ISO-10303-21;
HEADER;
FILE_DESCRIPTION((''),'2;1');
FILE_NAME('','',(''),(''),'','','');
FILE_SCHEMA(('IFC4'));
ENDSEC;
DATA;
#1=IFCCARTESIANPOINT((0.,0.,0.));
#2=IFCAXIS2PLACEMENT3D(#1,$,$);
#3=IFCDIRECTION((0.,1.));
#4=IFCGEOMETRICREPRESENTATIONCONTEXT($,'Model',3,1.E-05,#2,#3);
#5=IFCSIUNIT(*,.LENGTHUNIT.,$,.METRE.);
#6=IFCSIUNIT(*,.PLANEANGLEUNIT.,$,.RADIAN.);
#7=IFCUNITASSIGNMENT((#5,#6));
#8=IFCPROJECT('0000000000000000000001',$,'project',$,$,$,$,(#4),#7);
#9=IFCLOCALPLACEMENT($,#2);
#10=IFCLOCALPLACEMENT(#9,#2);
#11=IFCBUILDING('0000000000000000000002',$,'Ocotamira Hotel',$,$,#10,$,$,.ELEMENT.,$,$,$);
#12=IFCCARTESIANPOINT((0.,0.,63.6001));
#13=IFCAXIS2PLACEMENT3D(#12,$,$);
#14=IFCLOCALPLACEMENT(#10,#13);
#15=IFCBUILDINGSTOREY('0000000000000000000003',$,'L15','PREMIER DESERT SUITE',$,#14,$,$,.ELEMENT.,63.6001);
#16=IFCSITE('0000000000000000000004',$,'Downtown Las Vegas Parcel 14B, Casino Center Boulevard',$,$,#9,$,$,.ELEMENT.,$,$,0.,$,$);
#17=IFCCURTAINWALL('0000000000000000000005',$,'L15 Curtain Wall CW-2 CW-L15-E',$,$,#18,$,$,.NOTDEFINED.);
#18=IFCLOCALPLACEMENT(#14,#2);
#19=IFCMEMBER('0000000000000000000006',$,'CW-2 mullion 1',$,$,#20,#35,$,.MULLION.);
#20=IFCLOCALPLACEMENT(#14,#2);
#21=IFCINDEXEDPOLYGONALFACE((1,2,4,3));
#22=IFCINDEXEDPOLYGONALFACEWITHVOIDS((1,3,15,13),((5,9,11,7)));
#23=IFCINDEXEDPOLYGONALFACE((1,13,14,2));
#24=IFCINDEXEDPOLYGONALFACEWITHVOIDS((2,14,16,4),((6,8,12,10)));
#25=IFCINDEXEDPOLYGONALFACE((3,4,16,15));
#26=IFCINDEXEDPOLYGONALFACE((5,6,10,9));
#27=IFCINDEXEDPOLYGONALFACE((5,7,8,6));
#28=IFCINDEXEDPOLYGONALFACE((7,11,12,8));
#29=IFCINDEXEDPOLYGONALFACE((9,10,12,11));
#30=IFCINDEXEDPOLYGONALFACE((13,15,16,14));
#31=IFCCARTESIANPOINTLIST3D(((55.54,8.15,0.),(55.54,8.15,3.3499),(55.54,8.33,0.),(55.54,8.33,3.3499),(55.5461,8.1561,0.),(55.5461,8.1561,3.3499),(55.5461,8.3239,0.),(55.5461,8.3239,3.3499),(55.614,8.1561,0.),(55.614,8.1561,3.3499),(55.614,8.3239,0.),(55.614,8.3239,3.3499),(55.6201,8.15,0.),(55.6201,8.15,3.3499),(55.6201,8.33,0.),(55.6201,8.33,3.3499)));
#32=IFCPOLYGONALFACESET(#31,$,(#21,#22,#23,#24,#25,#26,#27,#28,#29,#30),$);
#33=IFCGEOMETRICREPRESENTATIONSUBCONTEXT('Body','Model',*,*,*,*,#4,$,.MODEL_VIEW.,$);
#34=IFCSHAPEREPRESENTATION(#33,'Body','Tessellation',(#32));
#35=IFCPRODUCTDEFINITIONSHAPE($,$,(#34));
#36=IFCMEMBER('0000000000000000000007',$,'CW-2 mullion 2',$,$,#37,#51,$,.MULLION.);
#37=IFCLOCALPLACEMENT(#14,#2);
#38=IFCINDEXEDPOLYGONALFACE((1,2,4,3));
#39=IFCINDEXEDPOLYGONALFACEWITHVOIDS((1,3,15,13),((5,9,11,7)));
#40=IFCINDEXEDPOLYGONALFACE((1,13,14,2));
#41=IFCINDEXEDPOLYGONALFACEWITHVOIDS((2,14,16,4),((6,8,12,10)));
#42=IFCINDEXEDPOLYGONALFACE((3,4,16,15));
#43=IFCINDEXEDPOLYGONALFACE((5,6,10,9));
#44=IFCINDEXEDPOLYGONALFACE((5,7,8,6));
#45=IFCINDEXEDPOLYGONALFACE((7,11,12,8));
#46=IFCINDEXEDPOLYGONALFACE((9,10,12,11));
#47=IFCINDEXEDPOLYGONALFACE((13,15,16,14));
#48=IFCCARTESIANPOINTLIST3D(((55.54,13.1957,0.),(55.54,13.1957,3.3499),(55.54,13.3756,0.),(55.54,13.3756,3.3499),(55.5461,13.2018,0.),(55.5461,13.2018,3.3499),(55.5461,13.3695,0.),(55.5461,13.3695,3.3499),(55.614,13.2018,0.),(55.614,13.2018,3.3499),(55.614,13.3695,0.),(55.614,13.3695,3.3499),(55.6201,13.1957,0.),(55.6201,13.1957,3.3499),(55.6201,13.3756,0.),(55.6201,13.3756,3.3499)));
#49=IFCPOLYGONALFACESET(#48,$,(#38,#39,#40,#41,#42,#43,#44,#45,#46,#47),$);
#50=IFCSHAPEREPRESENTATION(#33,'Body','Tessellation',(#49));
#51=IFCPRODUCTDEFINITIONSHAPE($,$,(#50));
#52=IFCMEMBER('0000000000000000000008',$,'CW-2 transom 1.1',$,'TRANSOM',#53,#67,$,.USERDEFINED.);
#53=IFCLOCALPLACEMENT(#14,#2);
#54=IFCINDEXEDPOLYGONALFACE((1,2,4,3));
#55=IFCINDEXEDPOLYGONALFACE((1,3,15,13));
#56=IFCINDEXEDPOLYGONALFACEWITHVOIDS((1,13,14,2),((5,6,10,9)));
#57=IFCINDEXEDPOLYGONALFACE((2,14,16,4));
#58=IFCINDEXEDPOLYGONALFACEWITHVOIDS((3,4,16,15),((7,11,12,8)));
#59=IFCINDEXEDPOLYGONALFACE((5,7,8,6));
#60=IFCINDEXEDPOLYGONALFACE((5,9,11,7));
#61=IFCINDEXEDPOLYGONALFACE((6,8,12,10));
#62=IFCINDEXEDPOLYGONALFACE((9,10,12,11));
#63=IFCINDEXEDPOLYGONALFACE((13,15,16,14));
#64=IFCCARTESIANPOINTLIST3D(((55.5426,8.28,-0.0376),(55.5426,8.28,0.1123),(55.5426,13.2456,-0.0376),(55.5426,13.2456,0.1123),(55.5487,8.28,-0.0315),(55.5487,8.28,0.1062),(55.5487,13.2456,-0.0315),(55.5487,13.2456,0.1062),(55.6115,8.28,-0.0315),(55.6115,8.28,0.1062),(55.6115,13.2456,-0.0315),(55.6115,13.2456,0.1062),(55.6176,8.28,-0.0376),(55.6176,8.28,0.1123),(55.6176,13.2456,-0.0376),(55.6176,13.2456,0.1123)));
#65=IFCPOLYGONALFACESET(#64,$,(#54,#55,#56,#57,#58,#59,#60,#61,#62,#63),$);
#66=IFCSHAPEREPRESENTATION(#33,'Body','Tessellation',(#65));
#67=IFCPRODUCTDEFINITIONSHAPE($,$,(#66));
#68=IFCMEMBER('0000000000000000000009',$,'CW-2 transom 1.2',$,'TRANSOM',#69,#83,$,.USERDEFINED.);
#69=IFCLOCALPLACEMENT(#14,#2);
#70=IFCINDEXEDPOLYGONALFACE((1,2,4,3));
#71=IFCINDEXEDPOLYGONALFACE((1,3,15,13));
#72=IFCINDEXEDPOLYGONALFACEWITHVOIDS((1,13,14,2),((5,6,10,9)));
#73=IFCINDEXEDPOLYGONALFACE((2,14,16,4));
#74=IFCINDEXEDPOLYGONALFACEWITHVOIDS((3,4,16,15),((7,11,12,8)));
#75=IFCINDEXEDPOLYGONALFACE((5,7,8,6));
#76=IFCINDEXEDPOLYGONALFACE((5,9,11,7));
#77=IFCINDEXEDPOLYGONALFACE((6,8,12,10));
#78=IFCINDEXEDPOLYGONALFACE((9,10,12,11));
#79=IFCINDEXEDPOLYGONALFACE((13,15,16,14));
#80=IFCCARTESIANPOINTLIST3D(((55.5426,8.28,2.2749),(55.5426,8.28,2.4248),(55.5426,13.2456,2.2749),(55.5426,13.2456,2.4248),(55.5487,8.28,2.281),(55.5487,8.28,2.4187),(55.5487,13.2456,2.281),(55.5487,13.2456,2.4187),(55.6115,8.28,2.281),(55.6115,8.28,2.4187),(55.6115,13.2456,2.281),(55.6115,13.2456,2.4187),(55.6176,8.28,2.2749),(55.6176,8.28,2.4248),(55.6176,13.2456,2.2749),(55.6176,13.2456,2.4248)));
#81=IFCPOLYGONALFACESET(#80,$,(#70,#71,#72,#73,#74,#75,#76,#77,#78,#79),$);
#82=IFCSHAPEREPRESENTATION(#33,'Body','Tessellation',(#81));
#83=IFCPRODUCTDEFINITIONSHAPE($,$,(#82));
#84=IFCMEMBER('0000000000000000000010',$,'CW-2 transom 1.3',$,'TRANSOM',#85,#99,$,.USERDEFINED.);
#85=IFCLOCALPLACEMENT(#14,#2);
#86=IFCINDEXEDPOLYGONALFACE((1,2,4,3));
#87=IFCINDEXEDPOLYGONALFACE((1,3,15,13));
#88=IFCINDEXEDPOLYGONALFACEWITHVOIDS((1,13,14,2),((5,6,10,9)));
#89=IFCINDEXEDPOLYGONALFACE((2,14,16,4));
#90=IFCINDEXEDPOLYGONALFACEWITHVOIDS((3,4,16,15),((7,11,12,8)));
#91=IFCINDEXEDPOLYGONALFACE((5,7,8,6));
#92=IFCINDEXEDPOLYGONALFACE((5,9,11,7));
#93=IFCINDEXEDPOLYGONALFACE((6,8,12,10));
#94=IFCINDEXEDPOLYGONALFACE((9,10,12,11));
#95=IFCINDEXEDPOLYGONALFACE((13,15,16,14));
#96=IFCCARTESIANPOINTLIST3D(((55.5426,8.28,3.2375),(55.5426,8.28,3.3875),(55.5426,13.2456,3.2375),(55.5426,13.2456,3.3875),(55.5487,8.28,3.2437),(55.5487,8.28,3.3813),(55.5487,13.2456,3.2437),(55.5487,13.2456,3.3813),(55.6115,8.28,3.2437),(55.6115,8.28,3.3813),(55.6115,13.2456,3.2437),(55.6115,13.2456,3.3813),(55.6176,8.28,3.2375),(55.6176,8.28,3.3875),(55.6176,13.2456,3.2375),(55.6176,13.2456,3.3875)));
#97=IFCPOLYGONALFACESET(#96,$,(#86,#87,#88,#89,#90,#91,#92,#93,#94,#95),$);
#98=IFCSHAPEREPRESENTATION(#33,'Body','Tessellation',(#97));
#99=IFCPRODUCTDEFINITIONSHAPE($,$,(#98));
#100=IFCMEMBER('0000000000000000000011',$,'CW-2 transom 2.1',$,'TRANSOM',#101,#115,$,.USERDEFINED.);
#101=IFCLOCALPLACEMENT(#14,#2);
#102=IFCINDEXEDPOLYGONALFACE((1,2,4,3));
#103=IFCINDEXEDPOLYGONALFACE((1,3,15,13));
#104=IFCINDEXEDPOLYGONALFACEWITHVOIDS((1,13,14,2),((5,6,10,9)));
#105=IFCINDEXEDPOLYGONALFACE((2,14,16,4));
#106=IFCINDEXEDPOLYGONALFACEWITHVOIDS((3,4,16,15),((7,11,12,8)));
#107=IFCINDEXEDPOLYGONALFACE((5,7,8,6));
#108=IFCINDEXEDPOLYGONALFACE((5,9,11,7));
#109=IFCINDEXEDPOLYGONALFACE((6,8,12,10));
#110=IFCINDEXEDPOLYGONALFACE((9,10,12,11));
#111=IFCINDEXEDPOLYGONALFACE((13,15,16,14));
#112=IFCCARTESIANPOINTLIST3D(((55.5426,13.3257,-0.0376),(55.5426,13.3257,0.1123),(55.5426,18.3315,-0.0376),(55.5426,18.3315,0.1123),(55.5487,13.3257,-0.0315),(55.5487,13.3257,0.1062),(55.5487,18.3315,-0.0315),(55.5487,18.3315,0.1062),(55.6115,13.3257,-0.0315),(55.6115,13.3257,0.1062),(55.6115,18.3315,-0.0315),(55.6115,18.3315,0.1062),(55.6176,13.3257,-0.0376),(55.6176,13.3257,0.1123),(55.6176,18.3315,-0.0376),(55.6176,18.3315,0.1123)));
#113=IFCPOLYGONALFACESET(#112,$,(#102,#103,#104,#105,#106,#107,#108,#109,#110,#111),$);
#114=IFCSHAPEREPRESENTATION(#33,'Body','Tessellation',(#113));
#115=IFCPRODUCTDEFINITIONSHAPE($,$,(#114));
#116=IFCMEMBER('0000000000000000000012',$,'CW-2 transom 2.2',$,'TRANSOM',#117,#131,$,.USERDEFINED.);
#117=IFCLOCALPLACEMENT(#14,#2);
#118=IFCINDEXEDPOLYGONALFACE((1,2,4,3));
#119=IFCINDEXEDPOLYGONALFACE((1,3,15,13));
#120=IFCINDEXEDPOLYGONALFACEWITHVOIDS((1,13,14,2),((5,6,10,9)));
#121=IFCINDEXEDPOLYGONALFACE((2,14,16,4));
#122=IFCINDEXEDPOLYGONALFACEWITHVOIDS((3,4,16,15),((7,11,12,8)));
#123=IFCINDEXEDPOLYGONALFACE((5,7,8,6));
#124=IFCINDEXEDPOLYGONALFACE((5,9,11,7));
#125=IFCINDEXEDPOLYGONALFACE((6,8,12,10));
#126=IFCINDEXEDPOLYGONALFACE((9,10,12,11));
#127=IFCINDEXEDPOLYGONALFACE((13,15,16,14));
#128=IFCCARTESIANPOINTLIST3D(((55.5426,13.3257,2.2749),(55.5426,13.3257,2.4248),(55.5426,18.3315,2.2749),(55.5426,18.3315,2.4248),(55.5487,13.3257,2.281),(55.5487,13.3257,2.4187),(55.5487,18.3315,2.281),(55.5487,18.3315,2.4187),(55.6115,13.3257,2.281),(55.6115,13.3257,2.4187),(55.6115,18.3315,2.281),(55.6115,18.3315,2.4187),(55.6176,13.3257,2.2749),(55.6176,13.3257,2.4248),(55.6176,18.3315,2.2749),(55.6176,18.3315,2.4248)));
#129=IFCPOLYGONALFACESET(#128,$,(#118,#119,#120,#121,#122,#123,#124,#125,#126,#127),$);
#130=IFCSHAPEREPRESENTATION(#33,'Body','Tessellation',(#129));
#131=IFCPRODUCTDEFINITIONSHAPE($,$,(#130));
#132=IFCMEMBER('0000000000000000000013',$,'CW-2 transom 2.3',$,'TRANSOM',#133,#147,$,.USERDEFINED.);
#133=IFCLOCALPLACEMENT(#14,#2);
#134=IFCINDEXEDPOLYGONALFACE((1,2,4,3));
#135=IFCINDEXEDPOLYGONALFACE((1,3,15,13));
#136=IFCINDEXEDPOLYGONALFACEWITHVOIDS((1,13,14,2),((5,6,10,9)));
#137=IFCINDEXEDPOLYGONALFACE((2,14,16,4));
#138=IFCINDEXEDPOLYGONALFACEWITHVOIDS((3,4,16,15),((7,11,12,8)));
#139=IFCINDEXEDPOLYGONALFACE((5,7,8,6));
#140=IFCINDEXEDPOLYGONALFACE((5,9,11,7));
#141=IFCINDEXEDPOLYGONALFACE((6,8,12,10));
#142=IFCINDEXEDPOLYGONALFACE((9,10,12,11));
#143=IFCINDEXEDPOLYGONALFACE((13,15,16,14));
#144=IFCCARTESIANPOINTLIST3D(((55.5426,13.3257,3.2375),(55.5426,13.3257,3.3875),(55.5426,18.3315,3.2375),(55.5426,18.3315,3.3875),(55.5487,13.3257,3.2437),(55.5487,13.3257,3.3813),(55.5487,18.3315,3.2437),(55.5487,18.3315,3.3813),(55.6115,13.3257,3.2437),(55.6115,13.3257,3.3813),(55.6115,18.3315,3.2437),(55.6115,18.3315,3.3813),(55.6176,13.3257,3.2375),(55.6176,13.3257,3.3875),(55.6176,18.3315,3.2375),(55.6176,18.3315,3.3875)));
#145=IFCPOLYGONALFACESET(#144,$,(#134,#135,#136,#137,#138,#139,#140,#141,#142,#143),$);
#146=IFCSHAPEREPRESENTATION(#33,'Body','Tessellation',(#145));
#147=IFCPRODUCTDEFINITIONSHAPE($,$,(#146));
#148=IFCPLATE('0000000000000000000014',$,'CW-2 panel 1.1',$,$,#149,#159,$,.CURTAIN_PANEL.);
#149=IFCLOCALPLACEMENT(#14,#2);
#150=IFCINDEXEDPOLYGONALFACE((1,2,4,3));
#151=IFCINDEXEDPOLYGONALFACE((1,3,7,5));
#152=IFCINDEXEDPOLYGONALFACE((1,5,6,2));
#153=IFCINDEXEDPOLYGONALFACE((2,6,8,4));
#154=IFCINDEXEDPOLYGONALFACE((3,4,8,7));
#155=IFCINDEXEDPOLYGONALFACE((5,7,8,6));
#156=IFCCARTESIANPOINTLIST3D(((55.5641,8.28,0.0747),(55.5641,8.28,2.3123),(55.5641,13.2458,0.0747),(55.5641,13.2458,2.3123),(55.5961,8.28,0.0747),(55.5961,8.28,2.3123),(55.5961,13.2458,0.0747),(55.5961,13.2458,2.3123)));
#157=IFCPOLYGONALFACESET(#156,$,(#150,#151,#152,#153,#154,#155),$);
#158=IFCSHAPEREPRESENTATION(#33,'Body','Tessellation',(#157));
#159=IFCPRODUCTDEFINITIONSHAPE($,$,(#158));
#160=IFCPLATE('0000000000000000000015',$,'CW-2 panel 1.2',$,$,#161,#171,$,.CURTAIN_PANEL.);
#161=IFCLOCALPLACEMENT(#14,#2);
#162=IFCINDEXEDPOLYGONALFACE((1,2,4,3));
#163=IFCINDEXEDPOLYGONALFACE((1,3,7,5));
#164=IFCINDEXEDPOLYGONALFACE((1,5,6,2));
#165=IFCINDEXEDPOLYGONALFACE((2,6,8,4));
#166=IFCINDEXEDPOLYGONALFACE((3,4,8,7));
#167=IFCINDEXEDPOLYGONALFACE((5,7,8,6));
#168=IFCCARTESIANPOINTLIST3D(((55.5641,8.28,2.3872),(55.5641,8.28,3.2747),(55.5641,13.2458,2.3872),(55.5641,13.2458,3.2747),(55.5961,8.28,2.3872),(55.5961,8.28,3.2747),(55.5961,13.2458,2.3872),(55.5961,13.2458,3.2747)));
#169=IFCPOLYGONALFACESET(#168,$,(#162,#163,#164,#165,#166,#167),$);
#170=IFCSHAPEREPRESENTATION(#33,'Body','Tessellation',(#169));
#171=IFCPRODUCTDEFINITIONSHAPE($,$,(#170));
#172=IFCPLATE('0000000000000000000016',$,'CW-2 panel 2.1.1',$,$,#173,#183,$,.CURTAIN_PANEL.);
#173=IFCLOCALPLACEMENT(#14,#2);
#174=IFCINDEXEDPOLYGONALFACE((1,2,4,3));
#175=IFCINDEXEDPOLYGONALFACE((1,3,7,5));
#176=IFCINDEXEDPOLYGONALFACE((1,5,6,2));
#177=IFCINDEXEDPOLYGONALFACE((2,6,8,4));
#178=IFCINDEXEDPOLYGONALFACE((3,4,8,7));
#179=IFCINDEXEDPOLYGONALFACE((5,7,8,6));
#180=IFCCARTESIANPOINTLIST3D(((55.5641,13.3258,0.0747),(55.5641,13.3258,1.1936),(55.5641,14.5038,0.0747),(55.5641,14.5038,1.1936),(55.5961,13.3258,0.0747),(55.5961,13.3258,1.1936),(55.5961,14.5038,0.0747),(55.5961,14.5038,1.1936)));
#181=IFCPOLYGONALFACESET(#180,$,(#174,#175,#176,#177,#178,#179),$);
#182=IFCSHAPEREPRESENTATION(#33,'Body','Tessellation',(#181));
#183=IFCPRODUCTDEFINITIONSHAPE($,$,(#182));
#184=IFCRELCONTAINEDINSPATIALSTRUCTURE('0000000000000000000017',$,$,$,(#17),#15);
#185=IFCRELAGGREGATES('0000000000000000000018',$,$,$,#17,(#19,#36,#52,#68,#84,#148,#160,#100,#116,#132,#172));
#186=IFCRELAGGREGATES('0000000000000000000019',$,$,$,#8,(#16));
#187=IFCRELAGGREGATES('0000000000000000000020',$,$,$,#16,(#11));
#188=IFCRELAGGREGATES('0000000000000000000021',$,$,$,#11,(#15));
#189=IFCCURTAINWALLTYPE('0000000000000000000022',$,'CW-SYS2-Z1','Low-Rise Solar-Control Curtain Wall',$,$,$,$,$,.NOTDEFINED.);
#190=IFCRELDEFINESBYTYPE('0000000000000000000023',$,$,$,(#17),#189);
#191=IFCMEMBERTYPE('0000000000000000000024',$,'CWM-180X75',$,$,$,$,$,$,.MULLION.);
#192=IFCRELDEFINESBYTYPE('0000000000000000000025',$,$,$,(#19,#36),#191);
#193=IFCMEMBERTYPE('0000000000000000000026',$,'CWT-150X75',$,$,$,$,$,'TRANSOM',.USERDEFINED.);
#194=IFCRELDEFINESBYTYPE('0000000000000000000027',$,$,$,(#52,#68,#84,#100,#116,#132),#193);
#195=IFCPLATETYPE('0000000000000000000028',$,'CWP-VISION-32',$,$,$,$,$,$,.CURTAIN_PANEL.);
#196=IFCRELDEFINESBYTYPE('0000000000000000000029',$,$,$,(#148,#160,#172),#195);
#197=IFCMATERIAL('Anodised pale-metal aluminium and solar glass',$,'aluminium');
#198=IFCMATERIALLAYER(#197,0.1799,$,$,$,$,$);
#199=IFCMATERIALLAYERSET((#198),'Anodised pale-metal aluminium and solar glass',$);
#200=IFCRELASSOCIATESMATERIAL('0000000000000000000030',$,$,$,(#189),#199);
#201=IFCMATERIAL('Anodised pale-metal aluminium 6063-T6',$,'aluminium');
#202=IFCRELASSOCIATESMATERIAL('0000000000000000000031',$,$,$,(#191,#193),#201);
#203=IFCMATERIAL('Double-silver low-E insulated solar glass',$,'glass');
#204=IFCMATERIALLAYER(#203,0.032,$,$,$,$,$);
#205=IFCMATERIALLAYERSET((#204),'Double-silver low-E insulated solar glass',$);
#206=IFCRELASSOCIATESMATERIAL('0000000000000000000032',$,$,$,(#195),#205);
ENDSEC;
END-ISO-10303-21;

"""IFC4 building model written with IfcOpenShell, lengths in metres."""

from ifc_helpers import new_model, si_unit, direction, frame, origin, origin_2d, place, context, subcontext, project, spatial, rectangle, hollow_rectangle, extrude, source, transform, mapped, material, layer, layer_set, material_profile, profile_set, type_object, element, aggregate, save


model = new_model("IFC4")

# Units and contexts
model_context = context("Model", 3, precision=1e-05, world=origin(), true_north=direction((0.0, 1.0)))
body_context = subcontext(model_context, "Body", "Model", "MODEL_VIEW")
ifc_project = project(units=[si_unit("LENGTHUNIT", "METRE"), si_unit("PLANEANGLEUNIT", "RADIAN")], contexts=[model_context])

# Site, building, storey
site_placement = place(None, origin())
site = spatial("IfcSite", under=ifc_project, at=site_placement, Name="Downtown Las Vegas Parcel 14B, Casino Center Boulevard", CompositionType="ELEMENT", RefElevation=0.0)
building_placement = place(site_placement, origin())
building = spatial("IfcBuilding", under=site, at=building_placement, Name="Ocotamira Hotel", CompositionType="ELEMENT")
storey_placement = place(building_placement, frame((0.0, 0.0, 63.6001)))
storey = spatial("IfcBuildingStorey", under=building, at=storey_placement, Name="L15", Description="PREMIER DESERT SUITE", CompositionType="ELEMENT", Elevation=63.6001)

# Curtain wall, members, plates
ifc_material_1 = material(Name="Anodised pale-metal aluminium and solar glass", Category="aluminium")
ifc_layer_1 = layer(ifc_material_1, 0.1799)
ifc_layer_set_1 = layer_set([ifc_layer_1], Name="Anodised pale-metal aluminium and solar glass")
curtain_wall_type = type_object("IfcCurtainWallType", Name="CW-SYS2-Z1", Description="Low-Rise Solar-Control Curtain Wall", PredefinedType="NOTDEFINED", material=ifc_layer_set_1)
curtain_wall_placement = place(storey_placement, origin())
curtain_wall = element("IfcCurtainWall", 1, at=curtain_wall_placement, inside=storey, type_object=curtain_wall_type, Name="L15 Curtain Wall CW-2 CW-L15-E", PredefinedType="NOTDEFINED")
ifc_material_2 = material(Name="Anodised pale-metal aluminium 6063-T6", Category="aluminium")
ifc_material_profile_1 = material_profile(ifc_material_2, hollow_rectangle(XDim=0.0801, YDim=0.1799, WallThickness=0.0061, at=origin_2d()), Name="HSS180X80X6")
ifc_profile_set_1 = profile_set([ifc_material_profile_1], Name="Anodised pale-metal aluminium 6063-T6")
member_type_1 = type_object("IfcMemberType", Name="CWM-180X75", PredefinedType="MULLION", material=ifc_profile_set_1)
shared_shape_1 = source(origin(), body_context, "Body", "SweptSolid", [
    extrude(hollow_rectangle(XDim=0.0801, YDim=0.1799, WallThickness=0.0061, at=origin_2d()), origin(), (0.0, 0.0, 1.0), 3.3499),
])
member_1_placement = place(storey_placement, frame((55.5801, 8.24, 0.0), z_axis=(0.0, 0.0, 1.0), x_axis=(-1.0, 0.0, 0.0)))
member_1 = element("IfcMember", 2, at=member_1_placement, type_object=member_type_1, Name="CW-2 mullion 1", PredefinedType="MULLION", context=body_context, shape_type="MappedRepresentation", body=[
    mapped(shared_shape_1, transform((0.0, 0.0, 0.0), scale=1.0)),
])
member_2_placement = place(storey_placement, frame((55.5801, 13.2856, 0.0), z_axis=(0.0, 0.0, 1.0), x_axis=(-1.0, 0.0, 0.0)))
member_2 = element("IfcMember", 3, at=member_2_placement, type_object=member_type_1, Name="CW-2 mullion 2", PredefinedType="MULLION", context=body_context, shape_type="MappedRepresentation", body=[
    mapped(shared_shape_1, transform((0.0, 0.0, 0.0), scale=1.0)),
])
ifc_material_profile_2 = material_profile(ifc_material_2, hollow_rectangle(XDim=0.075, YDim=0.1499, WallThickness=0.0061, at=origin_2d()), Name="HSS150X75X6")
ifc_profile_set_2 = profile_set([ifc_material_profile_2], Name="Anodised pale-metal aluminium 6063-T6")
member_type_2 = type_object("IfcMemberType", Name="CWT-150X75", ElementType="TRANSOM", PredefinedType="USERDEFINED", material=ifc_profile_set_2)
shared_shape_2 = source(origin(), body_context, "Body", "SweptSolid", [
    extrude(hollow_rectangle(XDim=0.075, YDim=0.1499, WallThickness=0.0061, at=origin_2d()), origin(), (0.0, 0.0, 1.0), 4.9656),
])
member_3_placement = place(storey_placement, frame((55.5801, 8.28, 0.0374), z_axis=(0.0, 1.0, 0.0), x_axis=(-1.0, 0.0, 0.0)))
member_3 = element("IfcMember", 4, at=member_3_placement, type_object=member_type_2, Name="CW-2 transom 1.1", ObjectType="TRANSOM", PredefinedType="USERDEFINED", context=body_context, shape_type="MappedRepresentation", body=[
    mapped(shared_shape_2, transform((0.0, 0.0, 0.0), scale=1.0)),
])
member_4_placement = place(storey_placement, frame((55.5801, 8.28, 2.3499), z_axis=(0.0, 1.0, 0.0), x_axis=(-1.0, 0.0, 0.0)))
member_4 = element("IfcMember", 5, at=member_4_placement, type_object=member_type_2, Name="CW-2 transom 1.2", ObjectType="TRANSOM", PredefinedType="USERDEFINED", context=body_context, shape_type="MappedRepresentation", body=[
    mapped(shared_shape_2, transform((0.0, 0.0, 0.0), scale=1.0)),
])
member_5_placement = place(storey_placement, frame((55.5801, 8.28, 3.3125), z_axis=(0.0, 1.0, 0.0), x_axis=(-1.0, 0.0, 0.0)))
member_5 = element("IfcMember", 6, at=member_5_placement, type_object=member_type_2, Name="CW-2 transom 1.3", ObjectType="TRANSOM", PredefinedType="USERDEFINED", context=body_context, shape_type="MappedRepresentation", body=[
    mapped(shared_shape_2, transform((0.0, 0.0, 0.0), scale=1.0)),
])
shared_shape_3 = source(origin(), body_context, "Body", "SweptSolid", [
    extrude(hollow_rectangle(XDim=0.075, YDim=0.1499, WallThickness=0.0061, at=origin_2d()), origin(), (0.0, 0.0, 1.0), 5.0059),
])
member_6_placement = place(storey_placement, frame((55.5801, 13.3257, 0.0374), z_axis=(0.0, 1.0, 0.0), x_axis=(-1.0, 0.0, 0.0)))
member_6 = element("IfcMember", 7, at=member_6_placement, type_object=member_type_2, Name="CW-2 transom 2.1", ObjectType="TRANSOM", PredefinedType="USERDEFINED", context=body_context, shape_type="MappedRepresentation", body=[
    mapped(shared_shape_3, transform((0.0, 0.0, 0.0), scale=1.0)),
])
member_7_placement = place(storey_placement, frame((55.5801, 13.3257, 2.3499), z_axis=(0.0, 1.0, 0.0), x_axis=(-1.0, 0.0, 0.0)))
member_7 = element("IfcMember", 8, at=member_7_placement, type_object=member_type_2, Name="CW-2 transom 2.2", ObjectType="TRANSOM", PredefinedType="USERDEFINED", context=body_context, shape_type="MappedRepresentation", body=[
    mapped(shared_shape_3, transform((0.0, 0.0, 0.0), scale=1.0)),
])
member_8_placement = place(storey_placement, frame((55.5801, 13.3257, 3.3125), z_axis=(0.0, 1.0, 0.0), x_axis=(-1.0, 0.0, 0.0)))
member_8 = element("IfcMember", 9, at=member_8_placement, type_object=member_type_2, Name="CW-2 transom 2.3", ObjectType="TRANSOM", PredefinedType="USERDEFINED", context=body_context, shape_type="MappedRepresentation", body=[
    mapped(shared_shape_3, transform((0.0, 0.0, 0.0), scale=1.0)),
])
ifc_material_3 = material(Name="Double-silver low-E insulated solar glass", Category="glass")
ifc_layer_2 = layer(ifc_material_3, 0.032)
ifc_layer_set_2 = layer_set([ifc_layer_2], Name="Double-silver low-E insulated solar glass")
plate_type = type_object("IfcPlateType", Name="CWP-VISION-32", PredefinedType="CURTAIN_PANEL", material=ifc_layer_set_2)
shared_shape_4 = source(origin(), body_context, "Body", "SweptSolid", [
    extrude(rectangle(XDim=4.9658, YDim=0.032, at=origin_2d()), origin(), (0.0, 0.0, 1.0), 2.2375),
])
plate_1_placement = place(storey_placement, frame((55.5801, 10.7629, 0.0747), z_axis=(0.0, 0.0, 1.0), x_axis=(0.0, 1.0, 0.0)))
plate_1 = element("IfcPlate", 10, at=plate_1_placement, type_object=plate_type, Name="CW-2 panel 1.1", PredefinedType="CURTAIN_PANEL", context=body_context, shape_type="MappedRepresentation", body=[
    mapped(shared_shape_4, transform((0.0, 0.0, 0.0), scale=1.0)),
])
shared_shape_5 = source(origin(), body_context, "Body", "SweptSolid", [
    extrude(rectangle(XDim=4.9658, YDim=0.032, at=origin_2d()), origin(), (0.0, 0.0, 1.0), 0.8875),
])
plate_2_placement = place(storey_placement, frame((55.5801, 10.7629, 2.3872), z_axis=(0.0, 0.0, 1.0), x_axis=(0.0, 1.0, 0.0)))
plate_2 = element("IfcPlate", 11, at=plate_2_placement, type_object=plate_type, Name="CW-2 panel 1.2", PredefinedType="CURTAIN_PANEL", context=body_context, shape_type="MappedRepresentation", body=[
    mapped(shared_shape_5, transform((0.0, 0.0, 0.0), scale=1.0)),
])
shared_shape_6 = source(origin(), body_context, "Body", "SweptSolid", [
    extrude(rectangle(XDim=1.178, YDim=0.032, at=origin_2d()), origin(), (0.0, 0.0, 1.0), 1.1189),
])
plate_3_placement = place(storey_placement, frame((55.5801, 13.9148, 0.0747), z_axis=(0.0, 0.0, 1.0), x_axis=(0.0, 1.0, 0.0)))
plate_3 = element("IfcPlate", 12, at=plate_3_placement, type_object=plate_type, Name="CW-2 panel 2.1.1", PredefinedType="CURTAIN_PANEL", context=body_context, shape_type="MappedRepresentation", body=[
    mapped(shared_shape_6, transform((0.0, 0.0, 0.0), scale=1.0)),
])
aggregate(curtain_wall, [member_1, member_2, member_3, member_4, member_5, plate_1, plate_2, member_6, member_7, member_8, plate_3])

save(model, "model.ifc")
